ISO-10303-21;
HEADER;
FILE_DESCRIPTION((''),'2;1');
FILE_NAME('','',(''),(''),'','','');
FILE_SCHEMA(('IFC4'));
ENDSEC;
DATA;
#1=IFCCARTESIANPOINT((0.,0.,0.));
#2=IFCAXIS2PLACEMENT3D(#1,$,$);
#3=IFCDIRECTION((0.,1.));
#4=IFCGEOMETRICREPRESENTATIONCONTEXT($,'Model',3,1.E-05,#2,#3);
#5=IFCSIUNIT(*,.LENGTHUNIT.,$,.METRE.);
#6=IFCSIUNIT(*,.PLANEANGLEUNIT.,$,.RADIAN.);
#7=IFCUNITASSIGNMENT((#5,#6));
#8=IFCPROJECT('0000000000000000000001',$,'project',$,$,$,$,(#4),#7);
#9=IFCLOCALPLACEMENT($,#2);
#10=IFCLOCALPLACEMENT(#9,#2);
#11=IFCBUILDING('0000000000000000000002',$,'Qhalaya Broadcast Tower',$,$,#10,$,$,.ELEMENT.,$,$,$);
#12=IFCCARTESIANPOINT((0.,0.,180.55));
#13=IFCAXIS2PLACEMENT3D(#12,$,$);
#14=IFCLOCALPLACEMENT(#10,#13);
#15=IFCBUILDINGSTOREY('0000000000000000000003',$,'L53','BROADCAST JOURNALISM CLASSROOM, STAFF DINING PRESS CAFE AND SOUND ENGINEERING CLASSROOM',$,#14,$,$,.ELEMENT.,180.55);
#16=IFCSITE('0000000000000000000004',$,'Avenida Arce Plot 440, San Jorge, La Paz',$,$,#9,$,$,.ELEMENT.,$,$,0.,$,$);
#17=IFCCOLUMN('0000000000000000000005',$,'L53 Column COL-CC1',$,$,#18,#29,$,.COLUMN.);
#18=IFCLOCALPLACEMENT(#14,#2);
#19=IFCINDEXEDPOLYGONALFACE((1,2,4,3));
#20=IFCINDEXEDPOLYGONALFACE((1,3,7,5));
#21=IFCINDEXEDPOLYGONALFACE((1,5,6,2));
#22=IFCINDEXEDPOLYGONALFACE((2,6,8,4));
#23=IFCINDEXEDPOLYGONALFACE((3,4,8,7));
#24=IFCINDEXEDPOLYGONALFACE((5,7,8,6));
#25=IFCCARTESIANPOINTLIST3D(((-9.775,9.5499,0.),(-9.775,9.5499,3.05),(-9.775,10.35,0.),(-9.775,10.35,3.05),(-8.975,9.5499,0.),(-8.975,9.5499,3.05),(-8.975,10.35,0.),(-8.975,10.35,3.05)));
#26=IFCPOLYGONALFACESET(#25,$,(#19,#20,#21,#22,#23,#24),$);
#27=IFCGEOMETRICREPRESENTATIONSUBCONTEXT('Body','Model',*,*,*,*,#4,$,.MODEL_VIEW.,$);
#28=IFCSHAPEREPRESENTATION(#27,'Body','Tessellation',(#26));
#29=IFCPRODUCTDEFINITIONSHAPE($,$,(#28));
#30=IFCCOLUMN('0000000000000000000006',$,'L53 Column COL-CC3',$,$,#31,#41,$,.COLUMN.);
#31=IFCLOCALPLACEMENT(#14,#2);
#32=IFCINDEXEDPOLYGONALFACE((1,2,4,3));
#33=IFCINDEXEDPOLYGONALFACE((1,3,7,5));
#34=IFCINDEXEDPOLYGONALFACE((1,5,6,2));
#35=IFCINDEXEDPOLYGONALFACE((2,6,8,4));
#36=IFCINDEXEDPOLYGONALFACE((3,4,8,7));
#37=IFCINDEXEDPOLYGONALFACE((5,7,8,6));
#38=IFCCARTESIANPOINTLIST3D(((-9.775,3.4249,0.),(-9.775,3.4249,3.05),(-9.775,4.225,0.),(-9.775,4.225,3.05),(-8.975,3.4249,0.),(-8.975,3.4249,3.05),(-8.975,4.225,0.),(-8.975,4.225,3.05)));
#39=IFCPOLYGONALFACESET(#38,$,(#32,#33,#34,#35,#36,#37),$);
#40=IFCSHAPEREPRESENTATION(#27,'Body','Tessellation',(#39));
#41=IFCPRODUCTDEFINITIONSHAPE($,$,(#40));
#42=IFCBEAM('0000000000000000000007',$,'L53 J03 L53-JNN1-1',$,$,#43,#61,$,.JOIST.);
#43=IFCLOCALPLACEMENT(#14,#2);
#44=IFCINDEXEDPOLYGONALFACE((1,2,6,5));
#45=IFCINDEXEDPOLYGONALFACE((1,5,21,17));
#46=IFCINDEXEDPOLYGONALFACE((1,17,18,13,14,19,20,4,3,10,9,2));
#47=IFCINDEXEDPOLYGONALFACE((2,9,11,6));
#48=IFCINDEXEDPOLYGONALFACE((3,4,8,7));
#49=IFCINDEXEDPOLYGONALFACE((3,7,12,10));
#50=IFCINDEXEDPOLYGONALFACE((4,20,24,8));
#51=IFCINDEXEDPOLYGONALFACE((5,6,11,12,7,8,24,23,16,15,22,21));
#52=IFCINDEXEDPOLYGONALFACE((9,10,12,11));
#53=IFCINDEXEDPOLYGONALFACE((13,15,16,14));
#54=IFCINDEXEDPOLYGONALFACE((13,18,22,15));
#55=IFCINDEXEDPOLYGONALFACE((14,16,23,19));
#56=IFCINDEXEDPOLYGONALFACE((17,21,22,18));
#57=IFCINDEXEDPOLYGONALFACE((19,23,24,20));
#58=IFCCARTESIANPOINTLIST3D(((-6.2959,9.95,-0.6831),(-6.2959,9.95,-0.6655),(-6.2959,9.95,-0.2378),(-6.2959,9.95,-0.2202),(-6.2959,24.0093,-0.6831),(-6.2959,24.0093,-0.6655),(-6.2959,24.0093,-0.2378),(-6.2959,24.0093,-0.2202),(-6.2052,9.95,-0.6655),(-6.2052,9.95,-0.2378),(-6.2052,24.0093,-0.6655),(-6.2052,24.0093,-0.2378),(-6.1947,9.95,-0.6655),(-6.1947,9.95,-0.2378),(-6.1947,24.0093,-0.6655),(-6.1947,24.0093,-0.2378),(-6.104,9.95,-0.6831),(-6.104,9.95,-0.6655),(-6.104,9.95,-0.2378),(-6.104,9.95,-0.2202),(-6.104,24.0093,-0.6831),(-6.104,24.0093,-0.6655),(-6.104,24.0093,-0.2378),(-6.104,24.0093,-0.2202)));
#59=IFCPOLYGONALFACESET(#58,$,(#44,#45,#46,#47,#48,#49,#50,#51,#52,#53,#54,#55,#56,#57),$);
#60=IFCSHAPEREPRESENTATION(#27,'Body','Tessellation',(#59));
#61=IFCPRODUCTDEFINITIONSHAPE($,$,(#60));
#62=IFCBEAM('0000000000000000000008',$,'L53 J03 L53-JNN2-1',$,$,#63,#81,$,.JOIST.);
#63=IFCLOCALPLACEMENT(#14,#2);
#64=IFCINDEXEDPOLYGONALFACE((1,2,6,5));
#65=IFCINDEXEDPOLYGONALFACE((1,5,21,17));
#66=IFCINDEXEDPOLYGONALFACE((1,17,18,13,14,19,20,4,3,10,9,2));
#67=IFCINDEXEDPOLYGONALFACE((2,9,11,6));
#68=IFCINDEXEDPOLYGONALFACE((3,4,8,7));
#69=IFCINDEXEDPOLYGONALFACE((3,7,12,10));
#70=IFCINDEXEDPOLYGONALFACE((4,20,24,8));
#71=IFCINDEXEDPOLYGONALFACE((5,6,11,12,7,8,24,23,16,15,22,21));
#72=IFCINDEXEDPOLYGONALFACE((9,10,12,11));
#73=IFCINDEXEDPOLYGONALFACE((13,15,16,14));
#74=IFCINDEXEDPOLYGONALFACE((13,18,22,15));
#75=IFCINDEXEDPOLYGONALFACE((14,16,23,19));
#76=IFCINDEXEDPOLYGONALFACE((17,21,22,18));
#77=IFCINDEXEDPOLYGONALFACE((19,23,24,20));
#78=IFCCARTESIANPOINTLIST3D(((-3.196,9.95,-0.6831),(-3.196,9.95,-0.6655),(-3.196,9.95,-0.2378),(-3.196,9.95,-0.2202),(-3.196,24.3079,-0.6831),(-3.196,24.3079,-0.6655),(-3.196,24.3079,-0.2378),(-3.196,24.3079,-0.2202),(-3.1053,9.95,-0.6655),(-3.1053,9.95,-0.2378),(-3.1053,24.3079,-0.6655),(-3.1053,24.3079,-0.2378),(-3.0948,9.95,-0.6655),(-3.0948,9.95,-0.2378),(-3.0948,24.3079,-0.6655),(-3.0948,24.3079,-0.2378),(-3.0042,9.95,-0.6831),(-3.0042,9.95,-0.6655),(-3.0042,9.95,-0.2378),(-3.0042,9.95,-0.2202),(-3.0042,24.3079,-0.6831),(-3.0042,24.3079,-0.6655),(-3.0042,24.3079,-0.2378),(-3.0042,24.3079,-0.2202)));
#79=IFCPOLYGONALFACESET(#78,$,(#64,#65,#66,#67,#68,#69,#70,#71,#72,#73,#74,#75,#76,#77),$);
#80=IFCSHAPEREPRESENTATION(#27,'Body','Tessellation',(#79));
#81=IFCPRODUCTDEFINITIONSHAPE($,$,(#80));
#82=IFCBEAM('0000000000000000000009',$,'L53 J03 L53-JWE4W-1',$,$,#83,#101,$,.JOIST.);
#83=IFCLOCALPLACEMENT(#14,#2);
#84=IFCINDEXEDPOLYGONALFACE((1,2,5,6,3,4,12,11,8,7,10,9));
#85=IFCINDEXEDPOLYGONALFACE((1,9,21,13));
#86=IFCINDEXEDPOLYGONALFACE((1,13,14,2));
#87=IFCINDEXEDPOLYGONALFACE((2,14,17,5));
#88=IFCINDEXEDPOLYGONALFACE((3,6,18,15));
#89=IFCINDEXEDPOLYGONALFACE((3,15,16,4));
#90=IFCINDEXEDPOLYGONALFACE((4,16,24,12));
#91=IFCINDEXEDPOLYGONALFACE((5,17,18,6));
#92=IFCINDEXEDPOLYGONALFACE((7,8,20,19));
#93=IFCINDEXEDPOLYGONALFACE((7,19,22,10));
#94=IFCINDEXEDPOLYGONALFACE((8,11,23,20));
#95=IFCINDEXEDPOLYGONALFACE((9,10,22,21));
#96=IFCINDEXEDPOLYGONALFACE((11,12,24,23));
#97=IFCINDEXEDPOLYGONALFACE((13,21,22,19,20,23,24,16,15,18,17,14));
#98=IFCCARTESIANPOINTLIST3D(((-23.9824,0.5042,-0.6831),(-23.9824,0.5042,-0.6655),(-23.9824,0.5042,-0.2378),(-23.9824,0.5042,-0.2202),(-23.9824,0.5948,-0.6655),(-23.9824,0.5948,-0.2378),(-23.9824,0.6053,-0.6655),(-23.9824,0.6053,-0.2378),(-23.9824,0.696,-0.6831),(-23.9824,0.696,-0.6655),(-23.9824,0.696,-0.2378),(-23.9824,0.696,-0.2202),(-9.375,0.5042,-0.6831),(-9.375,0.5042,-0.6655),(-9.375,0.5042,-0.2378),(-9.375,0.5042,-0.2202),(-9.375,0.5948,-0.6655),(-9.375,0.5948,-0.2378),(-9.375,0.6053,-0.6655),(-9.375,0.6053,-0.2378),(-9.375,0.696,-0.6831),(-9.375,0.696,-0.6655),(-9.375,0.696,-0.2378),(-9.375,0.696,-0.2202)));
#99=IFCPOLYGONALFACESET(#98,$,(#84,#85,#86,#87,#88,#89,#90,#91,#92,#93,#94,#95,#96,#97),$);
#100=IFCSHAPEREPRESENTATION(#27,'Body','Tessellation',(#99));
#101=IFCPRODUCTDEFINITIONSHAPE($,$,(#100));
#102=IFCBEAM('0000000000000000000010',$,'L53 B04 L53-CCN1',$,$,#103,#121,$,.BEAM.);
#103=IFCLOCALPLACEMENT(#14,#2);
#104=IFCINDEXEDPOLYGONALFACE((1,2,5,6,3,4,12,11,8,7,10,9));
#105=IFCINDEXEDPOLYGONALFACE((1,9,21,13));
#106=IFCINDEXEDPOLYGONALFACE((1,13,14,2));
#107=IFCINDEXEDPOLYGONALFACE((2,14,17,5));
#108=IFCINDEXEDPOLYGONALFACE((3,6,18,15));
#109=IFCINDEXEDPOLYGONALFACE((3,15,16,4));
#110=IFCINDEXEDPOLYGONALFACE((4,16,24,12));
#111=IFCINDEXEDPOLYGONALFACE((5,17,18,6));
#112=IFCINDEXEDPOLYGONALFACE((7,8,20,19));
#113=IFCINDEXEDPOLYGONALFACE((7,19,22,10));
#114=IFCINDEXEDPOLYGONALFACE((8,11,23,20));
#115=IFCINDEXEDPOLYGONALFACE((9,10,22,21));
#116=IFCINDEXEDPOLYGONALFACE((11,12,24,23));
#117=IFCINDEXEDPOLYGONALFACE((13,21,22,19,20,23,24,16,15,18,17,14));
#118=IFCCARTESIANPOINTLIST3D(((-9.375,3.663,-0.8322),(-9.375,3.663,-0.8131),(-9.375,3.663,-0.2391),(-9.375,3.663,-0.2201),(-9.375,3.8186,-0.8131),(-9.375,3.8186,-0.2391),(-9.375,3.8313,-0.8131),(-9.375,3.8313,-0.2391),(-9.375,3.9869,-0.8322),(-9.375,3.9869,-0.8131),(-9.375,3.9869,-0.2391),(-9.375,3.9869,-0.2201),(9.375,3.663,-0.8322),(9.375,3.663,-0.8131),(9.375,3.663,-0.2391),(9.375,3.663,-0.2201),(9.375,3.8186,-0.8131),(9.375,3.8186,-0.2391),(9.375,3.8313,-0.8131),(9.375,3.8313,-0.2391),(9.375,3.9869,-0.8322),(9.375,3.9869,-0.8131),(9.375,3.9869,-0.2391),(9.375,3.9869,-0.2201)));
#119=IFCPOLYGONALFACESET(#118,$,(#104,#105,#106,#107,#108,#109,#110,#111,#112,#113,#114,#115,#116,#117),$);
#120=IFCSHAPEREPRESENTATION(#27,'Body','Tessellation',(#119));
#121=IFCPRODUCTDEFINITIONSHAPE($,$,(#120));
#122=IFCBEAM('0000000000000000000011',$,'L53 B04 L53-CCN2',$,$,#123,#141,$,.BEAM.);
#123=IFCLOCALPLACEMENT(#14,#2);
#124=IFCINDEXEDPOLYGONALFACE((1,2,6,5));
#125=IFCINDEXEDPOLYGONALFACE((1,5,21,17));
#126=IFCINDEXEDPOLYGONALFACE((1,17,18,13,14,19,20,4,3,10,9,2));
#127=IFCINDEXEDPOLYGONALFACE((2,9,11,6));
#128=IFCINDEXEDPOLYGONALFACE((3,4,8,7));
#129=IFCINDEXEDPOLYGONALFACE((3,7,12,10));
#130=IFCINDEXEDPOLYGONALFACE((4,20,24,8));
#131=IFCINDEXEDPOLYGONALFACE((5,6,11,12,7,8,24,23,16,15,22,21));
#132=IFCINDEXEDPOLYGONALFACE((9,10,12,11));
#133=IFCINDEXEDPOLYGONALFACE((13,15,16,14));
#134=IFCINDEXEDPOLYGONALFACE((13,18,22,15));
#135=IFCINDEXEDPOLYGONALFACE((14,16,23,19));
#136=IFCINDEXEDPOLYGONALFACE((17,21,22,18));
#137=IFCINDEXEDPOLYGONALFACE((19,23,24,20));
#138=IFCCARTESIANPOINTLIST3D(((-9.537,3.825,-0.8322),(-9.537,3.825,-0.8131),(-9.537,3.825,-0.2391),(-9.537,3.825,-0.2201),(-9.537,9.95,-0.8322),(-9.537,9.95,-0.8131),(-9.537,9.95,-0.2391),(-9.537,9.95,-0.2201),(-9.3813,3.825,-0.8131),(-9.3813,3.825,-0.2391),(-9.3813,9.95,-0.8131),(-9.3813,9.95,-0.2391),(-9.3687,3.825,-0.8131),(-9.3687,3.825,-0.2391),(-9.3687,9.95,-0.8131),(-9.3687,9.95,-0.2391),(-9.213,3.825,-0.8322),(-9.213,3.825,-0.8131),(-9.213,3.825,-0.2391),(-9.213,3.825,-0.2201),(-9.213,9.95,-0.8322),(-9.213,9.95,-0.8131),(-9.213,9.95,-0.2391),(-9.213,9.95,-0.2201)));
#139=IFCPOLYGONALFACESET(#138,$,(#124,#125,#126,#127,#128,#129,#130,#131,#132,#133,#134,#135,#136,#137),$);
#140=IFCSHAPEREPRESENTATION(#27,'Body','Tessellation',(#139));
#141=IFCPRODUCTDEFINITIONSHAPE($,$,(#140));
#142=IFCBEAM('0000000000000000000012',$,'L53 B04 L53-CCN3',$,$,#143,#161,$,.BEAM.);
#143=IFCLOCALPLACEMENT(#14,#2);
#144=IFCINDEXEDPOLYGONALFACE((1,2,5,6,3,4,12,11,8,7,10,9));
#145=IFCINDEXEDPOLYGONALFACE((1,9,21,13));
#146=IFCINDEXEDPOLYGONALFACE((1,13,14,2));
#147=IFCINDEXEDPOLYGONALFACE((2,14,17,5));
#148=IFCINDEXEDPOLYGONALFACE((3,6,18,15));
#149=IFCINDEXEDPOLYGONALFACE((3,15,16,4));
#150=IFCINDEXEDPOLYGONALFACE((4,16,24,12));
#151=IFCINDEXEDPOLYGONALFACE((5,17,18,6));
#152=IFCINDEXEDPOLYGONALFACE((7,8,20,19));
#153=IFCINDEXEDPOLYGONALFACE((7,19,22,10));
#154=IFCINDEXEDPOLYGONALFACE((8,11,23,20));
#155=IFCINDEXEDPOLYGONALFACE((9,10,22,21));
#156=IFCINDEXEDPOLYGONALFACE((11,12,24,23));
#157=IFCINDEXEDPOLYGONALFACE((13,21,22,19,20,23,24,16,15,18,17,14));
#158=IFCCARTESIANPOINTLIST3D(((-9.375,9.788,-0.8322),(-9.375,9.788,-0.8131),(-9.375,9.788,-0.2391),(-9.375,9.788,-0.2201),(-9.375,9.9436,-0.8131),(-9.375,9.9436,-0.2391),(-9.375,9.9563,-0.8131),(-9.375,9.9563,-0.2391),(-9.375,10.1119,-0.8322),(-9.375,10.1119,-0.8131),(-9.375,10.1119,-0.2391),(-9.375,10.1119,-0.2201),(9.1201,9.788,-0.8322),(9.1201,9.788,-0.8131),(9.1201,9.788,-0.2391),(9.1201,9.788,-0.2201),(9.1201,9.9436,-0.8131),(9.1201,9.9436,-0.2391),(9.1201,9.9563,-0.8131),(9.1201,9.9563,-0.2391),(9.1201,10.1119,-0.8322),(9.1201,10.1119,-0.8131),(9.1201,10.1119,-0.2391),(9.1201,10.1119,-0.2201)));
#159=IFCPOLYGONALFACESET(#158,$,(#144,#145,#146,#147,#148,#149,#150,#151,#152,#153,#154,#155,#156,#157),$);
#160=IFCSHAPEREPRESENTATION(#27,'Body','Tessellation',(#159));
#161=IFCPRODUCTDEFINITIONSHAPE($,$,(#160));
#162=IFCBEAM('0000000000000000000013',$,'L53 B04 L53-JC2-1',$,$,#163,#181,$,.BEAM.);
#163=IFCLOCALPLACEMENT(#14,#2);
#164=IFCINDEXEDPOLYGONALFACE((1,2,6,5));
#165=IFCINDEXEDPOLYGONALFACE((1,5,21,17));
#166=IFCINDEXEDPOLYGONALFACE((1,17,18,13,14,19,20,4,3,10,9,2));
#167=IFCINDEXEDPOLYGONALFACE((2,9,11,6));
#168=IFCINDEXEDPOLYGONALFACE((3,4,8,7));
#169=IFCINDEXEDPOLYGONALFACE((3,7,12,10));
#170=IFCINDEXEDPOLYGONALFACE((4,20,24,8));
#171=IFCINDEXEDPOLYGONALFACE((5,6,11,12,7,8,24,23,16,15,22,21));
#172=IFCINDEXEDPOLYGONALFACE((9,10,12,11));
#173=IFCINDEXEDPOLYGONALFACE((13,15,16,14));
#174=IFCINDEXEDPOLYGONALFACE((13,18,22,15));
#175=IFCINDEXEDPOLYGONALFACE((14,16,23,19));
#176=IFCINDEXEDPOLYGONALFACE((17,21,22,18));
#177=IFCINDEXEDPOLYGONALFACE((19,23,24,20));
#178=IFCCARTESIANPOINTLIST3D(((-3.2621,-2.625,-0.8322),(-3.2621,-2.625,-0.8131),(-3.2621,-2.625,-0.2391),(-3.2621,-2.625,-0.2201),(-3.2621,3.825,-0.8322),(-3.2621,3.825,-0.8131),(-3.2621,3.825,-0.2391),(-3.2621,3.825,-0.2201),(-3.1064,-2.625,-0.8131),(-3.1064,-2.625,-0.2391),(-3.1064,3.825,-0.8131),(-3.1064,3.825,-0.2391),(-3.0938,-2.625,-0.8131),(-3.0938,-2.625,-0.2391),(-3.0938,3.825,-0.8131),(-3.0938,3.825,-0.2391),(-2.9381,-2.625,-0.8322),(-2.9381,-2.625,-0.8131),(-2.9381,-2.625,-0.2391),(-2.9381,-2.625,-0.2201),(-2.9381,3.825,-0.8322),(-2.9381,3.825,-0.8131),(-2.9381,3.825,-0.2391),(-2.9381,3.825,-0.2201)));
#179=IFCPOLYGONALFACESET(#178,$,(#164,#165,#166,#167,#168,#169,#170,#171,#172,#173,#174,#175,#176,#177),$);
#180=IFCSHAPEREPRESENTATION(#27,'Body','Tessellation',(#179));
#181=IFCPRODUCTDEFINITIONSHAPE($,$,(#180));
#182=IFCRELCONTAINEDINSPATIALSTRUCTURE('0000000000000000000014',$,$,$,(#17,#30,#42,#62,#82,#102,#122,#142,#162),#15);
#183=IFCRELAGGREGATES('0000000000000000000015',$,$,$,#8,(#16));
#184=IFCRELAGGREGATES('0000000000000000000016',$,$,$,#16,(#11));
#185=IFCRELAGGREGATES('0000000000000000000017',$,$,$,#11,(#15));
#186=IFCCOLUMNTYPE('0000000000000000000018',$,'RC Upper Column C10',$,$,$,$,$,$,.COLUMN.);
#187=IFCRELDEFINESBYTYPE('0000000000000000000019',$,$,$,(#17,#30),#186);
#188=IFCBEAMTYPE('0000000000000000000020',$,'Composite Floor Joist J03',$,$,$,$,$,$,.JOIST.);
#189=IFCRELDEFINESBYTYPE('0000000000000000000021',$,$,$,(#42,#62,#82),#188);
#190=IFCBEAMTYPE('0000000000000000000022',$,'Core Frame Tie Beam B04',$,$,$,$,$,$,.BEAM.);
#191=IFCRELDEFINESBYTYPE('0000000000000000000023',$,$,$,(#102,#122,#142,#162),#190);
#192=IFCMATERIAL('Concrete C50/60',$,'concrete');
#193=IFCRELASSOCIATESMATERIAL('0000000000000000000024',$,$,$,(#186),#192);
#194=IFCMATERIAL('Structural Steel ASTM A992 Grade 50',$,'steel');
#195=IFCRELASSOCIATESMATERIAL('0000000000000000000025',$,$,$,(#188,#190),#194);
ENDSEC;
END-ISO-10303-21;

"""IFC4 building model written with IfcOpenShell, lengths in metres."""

from ifc_helpers import new_model, si_unit, direction, frame, origin, origin_2d, place, context, subcontext, project, spatial, rectangle, i_section, extrude, material, material_profile, profile_set, type_object, element, save


model = new_model("IFC4")

# Units and contexts
model_context = context("Model", 3, precision=1e-05, world=origin(), true_north=direction((0.0, 1.0)))
body_context = subcontext(model_context, "Body", "Model", "MODEL_VIEW")
ifc_project = project(units=[si_unit("LENGTHUNIT", "METRE"), si_unit("PLANEANGLEUNIT", "RADIAN")], contexts=[model_context])

# Site, building, storey
site_placement = place(None, origin())
site = spatial("IfcSite", under=ifc_project, at=site_placement, Name="Avenida Arce Plot 440, San Jorge, La Paz", CompositionType="ELEMENT", RefElevation=0.0)
building_placement = place(site_placement, origin())
building = spatial("IfcBuilding", under=site, at=building_placement, Name="Qhalaya Broadcast Tower", CompositionType="ELEMENT")
storey_placement = place(building_placement, frame((0.0, 0.0, 180.55)))
storey = spatial("IfcBuildingStorey", under=building, at=storey_placement, Name="L53", Description="BROADCAST JOURNALISM CLASSROOM, STAFF DINING PRESS CAFE AND SOUND ENGINEERING CLASSROOM", CompositionType="ELEMENT", Elevation=180.55)

# Columns
ifc_material_1 = material(Name="Concrete C50/60", Category="concrete")
ifc_material_profile_1 = material_profile(ifc_material_1, rectangle(XDim=0.8, YDim=0.8, at=origin_2d()), Name="RC-COL 800x800")
ifc_profile_set_1 = profile_set([ifc_material_profile_1], Name="Concrete C50/60")
column_type = type_object("IfcColumnType", Name="RC Upper Column C10", PredefinedType="COLUMN", material=ifc_profile_set_1)
for number, where, z_axis, x_axis, name in (
    (1, (-9.375, 9.95, 0.0), (0.0, 0.0, 1.0), (1.0, 0.0, 0.0), "L53 Column COL-CC1"),
    (2, (-9.375, 3.825, 0.0), (0.0, 0.0, 1.0), (1.0, 0.0, 0.0), "L53 Column COL-CC3"),
):
    element("IfcColumn", number, at=place(storey_placement, frame(where, z_axis=z_axis, x_axis=x_axis)), inside=storey, type_object=column_type, Name=name, PredefinedType="COLUMN", context=body_context, shape_type="SweptSolid", body=[
        extrude(rectangle(XDim=0.8, YDim=0.8, at=origin_2d()), origin(), (0.0, 0.0, 1.0), 3.05),
    ])

# Beams
ifc_material_2 = material(Name="Structural Steel ASTM A992 Grade 50", Category="steel")
ifc_material_profile_2 = material_profile(ifc_material_2, i_section(OverallWidth=0.1919, OverallDepth=0.4629, WebThickness=0.0105, FlangeThickness=0.0176, at=origin_2d()), Name="W18X60")
ifc_profile_set_2 = profile_set([ifc_material_profile_2], Name="Structural Steel ASTM A992 Grade 50")
beam_type_1 = type_object("IfcBeamType", Name="Composite Floor Joist J03", PredefinedType="JOIST", material=ifc_profile_set_2)
beam_1_placement = place(storey_placement, frame((-6.2, 9.95, -0.4517), z_axis=(0.0, 1.0, 0.0), x_axis=(-1.0, 0.0, 0.0)))
element("IfcBeam", 3, at=beam_1_placement, inside=storey, type_object=beam_type_1, Name="L53 J03 L53-JNN1-1", PredefinedType="JOIST", context=body_context, shape_type="SweptSolid", body=[
    extrude(i_section(OverallWidth=0.1919, OverallDepth=0.4629, WebThickness=0.0105, FlangeThickness=0.0176, at=origin_2d()), origin(), (0.0, 0.0, 1.0), 14.0593),
])
beam_2_placement = place(storey_placement, frame((-3.1001, 9.95, -0.4517), z_axis=(0.0, 1.0, 0.0), x_axis=(-1.0, 0.0, 0.0)))
element("IfcBeam", 4, at=beam_2_placement, inside=storey, type_object=beam_type_1, Name="L53 J03 L53-JNN2-1", PredefinedType="JOIST", context=body_context, shape_type="SweptSolid", body=[
    extrude(i_section(OverallWidth=0.1919, OverallDepth=0.4629, WebThickness=0.0105, FlangeThickness=0.0176, at=origin_2d()), origin(), (0.0, 0.0, 1.0), 14.3579),
])
beam_3_placement = place(storey_placement, frame((-23.9824, 0.6001, -0.4517), z_axis=(1.0, 0.0, 0.0), x_axis=(0.0, 1.0, 0.0)))
element("IfcBeam", 5, at=beam_3_placement, inside=storey, type_object=beam_type_1, Name="L53 J03 L53-JWE4W-1", PredefinedType="JOIST", context=body_context, shape_type="SweptSolid", body=[
    extrude(i_section(OverallWidth=0.1919, OverallDepth=0.4629, WebThickness=0.0105, FlangeThickness=0.0176, at=origin_2d()), origin(), (0.0, 0.0, 1.0), 14.6074),
])
ifc_material_profile_3 = material_profile(ifc_material_2, i_section(OverallWidth=0.324, OverallDepth=0.6121, WebThickness=0.0127, FlangeThickness=0.019, at=origin_2d()), Name="W24X104")
ifc_profile_set_3 = profile_set([ifc_material_profile_3], Name="Structural Steel ASTM A992 Grade 50")
beam_type_2 = type_object("IfcBeamType", Name="Core Frame Tie Beam B04", PredefinedType="BEAM", material=ifc_profile_set_3)
beam_4_placement = place(storey_placement, frame((-9.375, 3.825, -0.5261), z_axis=(1.0, 0.0, 0.0), x_axis=(0.0, 1.0, 0.0)))
element("IfcBeam", 6, at=beam_4_placement, inside=storey, type_object=beam_type_2, Name="L53 B04 L53-CCN1", PredefinedType="BEAM", context=body_context, shape_type="SweptSolid", body=[
    extrude(i_section(OverallWidth=0.324, OverallDepth=0.6121, WebThickness=0.0127, FlangeThickness=0.019, at=origin_2d()), origin(), (0.0, 0.0, 1.0), 18.75),
])
beam_5_placement = place(storey_placement, frame((-9.375, 3.825, -0.5261), z_axis=(0.0, 1.0, 0.0), x_axis=(-1.0, 0.0, 0.0)))
element("IfcBeam", 7, at=beam_5_placement, inside=storey, type_object=beam_type_2, Name="L53 B04 L53-CCN2", PredefinedType="BEAM", context=body_context, shape_type="SweptSolid", body=[
    extrude(i_section(OverallWidth=0.324, OverallDepth=0.6121, WebThickness=0.0127, FlangeThickness=0.019, at=origin_2d()), origin(), (0.0, 0.0, 1.0), 6.125),
])
beam_6_placement = place(storey_placement, frame((-9.375, 9.95, -0.5261), z_axis=(1.0, 0.0, 0.0), x_axis=(0.0, 1.0, 0.0)))
element("IfcBeam", 8, at=beam_6_placement, inside=storey, type_object=beam_type_2, Name="L53 B04 L53-CCN3", PredefinedType="BEAM", context=body_context, shape_type="SweptSolid", body=[
    extrude(i_section(OverallWidth=0.324, OverallDepth=0.6121, WebThickness=0.0127, FlangeThickness=0.019, at=origin_2d()), origin(), (0.0, 0.0, 1.0), 18.4951),
])
beam_7_placement = place(storey_placement, frame((-3.1001, -2.625, -0.5261), z_axis=(0.0, 1.0, 0.0), x_axis=(-1.0, 0.0, 0.0)))
element("IfcBeam", 9, at=beam_7_placement, inside=storey, type_object=beam_type_2, Name="L53 B04 L53-JC2-1", PredefinedType="BEAM", context=body_context, shape_type="SweptSolid", body=[
    extrude(i_section(OverallWidth=0.324, OverallDepth=0.6121, WebThickness=0.0127, FlangeThickness=0.019, at=origin_2d()), origin(), (0.0, 0.0, 1.0), 6.45),
])

save(model, "model.ifc")
